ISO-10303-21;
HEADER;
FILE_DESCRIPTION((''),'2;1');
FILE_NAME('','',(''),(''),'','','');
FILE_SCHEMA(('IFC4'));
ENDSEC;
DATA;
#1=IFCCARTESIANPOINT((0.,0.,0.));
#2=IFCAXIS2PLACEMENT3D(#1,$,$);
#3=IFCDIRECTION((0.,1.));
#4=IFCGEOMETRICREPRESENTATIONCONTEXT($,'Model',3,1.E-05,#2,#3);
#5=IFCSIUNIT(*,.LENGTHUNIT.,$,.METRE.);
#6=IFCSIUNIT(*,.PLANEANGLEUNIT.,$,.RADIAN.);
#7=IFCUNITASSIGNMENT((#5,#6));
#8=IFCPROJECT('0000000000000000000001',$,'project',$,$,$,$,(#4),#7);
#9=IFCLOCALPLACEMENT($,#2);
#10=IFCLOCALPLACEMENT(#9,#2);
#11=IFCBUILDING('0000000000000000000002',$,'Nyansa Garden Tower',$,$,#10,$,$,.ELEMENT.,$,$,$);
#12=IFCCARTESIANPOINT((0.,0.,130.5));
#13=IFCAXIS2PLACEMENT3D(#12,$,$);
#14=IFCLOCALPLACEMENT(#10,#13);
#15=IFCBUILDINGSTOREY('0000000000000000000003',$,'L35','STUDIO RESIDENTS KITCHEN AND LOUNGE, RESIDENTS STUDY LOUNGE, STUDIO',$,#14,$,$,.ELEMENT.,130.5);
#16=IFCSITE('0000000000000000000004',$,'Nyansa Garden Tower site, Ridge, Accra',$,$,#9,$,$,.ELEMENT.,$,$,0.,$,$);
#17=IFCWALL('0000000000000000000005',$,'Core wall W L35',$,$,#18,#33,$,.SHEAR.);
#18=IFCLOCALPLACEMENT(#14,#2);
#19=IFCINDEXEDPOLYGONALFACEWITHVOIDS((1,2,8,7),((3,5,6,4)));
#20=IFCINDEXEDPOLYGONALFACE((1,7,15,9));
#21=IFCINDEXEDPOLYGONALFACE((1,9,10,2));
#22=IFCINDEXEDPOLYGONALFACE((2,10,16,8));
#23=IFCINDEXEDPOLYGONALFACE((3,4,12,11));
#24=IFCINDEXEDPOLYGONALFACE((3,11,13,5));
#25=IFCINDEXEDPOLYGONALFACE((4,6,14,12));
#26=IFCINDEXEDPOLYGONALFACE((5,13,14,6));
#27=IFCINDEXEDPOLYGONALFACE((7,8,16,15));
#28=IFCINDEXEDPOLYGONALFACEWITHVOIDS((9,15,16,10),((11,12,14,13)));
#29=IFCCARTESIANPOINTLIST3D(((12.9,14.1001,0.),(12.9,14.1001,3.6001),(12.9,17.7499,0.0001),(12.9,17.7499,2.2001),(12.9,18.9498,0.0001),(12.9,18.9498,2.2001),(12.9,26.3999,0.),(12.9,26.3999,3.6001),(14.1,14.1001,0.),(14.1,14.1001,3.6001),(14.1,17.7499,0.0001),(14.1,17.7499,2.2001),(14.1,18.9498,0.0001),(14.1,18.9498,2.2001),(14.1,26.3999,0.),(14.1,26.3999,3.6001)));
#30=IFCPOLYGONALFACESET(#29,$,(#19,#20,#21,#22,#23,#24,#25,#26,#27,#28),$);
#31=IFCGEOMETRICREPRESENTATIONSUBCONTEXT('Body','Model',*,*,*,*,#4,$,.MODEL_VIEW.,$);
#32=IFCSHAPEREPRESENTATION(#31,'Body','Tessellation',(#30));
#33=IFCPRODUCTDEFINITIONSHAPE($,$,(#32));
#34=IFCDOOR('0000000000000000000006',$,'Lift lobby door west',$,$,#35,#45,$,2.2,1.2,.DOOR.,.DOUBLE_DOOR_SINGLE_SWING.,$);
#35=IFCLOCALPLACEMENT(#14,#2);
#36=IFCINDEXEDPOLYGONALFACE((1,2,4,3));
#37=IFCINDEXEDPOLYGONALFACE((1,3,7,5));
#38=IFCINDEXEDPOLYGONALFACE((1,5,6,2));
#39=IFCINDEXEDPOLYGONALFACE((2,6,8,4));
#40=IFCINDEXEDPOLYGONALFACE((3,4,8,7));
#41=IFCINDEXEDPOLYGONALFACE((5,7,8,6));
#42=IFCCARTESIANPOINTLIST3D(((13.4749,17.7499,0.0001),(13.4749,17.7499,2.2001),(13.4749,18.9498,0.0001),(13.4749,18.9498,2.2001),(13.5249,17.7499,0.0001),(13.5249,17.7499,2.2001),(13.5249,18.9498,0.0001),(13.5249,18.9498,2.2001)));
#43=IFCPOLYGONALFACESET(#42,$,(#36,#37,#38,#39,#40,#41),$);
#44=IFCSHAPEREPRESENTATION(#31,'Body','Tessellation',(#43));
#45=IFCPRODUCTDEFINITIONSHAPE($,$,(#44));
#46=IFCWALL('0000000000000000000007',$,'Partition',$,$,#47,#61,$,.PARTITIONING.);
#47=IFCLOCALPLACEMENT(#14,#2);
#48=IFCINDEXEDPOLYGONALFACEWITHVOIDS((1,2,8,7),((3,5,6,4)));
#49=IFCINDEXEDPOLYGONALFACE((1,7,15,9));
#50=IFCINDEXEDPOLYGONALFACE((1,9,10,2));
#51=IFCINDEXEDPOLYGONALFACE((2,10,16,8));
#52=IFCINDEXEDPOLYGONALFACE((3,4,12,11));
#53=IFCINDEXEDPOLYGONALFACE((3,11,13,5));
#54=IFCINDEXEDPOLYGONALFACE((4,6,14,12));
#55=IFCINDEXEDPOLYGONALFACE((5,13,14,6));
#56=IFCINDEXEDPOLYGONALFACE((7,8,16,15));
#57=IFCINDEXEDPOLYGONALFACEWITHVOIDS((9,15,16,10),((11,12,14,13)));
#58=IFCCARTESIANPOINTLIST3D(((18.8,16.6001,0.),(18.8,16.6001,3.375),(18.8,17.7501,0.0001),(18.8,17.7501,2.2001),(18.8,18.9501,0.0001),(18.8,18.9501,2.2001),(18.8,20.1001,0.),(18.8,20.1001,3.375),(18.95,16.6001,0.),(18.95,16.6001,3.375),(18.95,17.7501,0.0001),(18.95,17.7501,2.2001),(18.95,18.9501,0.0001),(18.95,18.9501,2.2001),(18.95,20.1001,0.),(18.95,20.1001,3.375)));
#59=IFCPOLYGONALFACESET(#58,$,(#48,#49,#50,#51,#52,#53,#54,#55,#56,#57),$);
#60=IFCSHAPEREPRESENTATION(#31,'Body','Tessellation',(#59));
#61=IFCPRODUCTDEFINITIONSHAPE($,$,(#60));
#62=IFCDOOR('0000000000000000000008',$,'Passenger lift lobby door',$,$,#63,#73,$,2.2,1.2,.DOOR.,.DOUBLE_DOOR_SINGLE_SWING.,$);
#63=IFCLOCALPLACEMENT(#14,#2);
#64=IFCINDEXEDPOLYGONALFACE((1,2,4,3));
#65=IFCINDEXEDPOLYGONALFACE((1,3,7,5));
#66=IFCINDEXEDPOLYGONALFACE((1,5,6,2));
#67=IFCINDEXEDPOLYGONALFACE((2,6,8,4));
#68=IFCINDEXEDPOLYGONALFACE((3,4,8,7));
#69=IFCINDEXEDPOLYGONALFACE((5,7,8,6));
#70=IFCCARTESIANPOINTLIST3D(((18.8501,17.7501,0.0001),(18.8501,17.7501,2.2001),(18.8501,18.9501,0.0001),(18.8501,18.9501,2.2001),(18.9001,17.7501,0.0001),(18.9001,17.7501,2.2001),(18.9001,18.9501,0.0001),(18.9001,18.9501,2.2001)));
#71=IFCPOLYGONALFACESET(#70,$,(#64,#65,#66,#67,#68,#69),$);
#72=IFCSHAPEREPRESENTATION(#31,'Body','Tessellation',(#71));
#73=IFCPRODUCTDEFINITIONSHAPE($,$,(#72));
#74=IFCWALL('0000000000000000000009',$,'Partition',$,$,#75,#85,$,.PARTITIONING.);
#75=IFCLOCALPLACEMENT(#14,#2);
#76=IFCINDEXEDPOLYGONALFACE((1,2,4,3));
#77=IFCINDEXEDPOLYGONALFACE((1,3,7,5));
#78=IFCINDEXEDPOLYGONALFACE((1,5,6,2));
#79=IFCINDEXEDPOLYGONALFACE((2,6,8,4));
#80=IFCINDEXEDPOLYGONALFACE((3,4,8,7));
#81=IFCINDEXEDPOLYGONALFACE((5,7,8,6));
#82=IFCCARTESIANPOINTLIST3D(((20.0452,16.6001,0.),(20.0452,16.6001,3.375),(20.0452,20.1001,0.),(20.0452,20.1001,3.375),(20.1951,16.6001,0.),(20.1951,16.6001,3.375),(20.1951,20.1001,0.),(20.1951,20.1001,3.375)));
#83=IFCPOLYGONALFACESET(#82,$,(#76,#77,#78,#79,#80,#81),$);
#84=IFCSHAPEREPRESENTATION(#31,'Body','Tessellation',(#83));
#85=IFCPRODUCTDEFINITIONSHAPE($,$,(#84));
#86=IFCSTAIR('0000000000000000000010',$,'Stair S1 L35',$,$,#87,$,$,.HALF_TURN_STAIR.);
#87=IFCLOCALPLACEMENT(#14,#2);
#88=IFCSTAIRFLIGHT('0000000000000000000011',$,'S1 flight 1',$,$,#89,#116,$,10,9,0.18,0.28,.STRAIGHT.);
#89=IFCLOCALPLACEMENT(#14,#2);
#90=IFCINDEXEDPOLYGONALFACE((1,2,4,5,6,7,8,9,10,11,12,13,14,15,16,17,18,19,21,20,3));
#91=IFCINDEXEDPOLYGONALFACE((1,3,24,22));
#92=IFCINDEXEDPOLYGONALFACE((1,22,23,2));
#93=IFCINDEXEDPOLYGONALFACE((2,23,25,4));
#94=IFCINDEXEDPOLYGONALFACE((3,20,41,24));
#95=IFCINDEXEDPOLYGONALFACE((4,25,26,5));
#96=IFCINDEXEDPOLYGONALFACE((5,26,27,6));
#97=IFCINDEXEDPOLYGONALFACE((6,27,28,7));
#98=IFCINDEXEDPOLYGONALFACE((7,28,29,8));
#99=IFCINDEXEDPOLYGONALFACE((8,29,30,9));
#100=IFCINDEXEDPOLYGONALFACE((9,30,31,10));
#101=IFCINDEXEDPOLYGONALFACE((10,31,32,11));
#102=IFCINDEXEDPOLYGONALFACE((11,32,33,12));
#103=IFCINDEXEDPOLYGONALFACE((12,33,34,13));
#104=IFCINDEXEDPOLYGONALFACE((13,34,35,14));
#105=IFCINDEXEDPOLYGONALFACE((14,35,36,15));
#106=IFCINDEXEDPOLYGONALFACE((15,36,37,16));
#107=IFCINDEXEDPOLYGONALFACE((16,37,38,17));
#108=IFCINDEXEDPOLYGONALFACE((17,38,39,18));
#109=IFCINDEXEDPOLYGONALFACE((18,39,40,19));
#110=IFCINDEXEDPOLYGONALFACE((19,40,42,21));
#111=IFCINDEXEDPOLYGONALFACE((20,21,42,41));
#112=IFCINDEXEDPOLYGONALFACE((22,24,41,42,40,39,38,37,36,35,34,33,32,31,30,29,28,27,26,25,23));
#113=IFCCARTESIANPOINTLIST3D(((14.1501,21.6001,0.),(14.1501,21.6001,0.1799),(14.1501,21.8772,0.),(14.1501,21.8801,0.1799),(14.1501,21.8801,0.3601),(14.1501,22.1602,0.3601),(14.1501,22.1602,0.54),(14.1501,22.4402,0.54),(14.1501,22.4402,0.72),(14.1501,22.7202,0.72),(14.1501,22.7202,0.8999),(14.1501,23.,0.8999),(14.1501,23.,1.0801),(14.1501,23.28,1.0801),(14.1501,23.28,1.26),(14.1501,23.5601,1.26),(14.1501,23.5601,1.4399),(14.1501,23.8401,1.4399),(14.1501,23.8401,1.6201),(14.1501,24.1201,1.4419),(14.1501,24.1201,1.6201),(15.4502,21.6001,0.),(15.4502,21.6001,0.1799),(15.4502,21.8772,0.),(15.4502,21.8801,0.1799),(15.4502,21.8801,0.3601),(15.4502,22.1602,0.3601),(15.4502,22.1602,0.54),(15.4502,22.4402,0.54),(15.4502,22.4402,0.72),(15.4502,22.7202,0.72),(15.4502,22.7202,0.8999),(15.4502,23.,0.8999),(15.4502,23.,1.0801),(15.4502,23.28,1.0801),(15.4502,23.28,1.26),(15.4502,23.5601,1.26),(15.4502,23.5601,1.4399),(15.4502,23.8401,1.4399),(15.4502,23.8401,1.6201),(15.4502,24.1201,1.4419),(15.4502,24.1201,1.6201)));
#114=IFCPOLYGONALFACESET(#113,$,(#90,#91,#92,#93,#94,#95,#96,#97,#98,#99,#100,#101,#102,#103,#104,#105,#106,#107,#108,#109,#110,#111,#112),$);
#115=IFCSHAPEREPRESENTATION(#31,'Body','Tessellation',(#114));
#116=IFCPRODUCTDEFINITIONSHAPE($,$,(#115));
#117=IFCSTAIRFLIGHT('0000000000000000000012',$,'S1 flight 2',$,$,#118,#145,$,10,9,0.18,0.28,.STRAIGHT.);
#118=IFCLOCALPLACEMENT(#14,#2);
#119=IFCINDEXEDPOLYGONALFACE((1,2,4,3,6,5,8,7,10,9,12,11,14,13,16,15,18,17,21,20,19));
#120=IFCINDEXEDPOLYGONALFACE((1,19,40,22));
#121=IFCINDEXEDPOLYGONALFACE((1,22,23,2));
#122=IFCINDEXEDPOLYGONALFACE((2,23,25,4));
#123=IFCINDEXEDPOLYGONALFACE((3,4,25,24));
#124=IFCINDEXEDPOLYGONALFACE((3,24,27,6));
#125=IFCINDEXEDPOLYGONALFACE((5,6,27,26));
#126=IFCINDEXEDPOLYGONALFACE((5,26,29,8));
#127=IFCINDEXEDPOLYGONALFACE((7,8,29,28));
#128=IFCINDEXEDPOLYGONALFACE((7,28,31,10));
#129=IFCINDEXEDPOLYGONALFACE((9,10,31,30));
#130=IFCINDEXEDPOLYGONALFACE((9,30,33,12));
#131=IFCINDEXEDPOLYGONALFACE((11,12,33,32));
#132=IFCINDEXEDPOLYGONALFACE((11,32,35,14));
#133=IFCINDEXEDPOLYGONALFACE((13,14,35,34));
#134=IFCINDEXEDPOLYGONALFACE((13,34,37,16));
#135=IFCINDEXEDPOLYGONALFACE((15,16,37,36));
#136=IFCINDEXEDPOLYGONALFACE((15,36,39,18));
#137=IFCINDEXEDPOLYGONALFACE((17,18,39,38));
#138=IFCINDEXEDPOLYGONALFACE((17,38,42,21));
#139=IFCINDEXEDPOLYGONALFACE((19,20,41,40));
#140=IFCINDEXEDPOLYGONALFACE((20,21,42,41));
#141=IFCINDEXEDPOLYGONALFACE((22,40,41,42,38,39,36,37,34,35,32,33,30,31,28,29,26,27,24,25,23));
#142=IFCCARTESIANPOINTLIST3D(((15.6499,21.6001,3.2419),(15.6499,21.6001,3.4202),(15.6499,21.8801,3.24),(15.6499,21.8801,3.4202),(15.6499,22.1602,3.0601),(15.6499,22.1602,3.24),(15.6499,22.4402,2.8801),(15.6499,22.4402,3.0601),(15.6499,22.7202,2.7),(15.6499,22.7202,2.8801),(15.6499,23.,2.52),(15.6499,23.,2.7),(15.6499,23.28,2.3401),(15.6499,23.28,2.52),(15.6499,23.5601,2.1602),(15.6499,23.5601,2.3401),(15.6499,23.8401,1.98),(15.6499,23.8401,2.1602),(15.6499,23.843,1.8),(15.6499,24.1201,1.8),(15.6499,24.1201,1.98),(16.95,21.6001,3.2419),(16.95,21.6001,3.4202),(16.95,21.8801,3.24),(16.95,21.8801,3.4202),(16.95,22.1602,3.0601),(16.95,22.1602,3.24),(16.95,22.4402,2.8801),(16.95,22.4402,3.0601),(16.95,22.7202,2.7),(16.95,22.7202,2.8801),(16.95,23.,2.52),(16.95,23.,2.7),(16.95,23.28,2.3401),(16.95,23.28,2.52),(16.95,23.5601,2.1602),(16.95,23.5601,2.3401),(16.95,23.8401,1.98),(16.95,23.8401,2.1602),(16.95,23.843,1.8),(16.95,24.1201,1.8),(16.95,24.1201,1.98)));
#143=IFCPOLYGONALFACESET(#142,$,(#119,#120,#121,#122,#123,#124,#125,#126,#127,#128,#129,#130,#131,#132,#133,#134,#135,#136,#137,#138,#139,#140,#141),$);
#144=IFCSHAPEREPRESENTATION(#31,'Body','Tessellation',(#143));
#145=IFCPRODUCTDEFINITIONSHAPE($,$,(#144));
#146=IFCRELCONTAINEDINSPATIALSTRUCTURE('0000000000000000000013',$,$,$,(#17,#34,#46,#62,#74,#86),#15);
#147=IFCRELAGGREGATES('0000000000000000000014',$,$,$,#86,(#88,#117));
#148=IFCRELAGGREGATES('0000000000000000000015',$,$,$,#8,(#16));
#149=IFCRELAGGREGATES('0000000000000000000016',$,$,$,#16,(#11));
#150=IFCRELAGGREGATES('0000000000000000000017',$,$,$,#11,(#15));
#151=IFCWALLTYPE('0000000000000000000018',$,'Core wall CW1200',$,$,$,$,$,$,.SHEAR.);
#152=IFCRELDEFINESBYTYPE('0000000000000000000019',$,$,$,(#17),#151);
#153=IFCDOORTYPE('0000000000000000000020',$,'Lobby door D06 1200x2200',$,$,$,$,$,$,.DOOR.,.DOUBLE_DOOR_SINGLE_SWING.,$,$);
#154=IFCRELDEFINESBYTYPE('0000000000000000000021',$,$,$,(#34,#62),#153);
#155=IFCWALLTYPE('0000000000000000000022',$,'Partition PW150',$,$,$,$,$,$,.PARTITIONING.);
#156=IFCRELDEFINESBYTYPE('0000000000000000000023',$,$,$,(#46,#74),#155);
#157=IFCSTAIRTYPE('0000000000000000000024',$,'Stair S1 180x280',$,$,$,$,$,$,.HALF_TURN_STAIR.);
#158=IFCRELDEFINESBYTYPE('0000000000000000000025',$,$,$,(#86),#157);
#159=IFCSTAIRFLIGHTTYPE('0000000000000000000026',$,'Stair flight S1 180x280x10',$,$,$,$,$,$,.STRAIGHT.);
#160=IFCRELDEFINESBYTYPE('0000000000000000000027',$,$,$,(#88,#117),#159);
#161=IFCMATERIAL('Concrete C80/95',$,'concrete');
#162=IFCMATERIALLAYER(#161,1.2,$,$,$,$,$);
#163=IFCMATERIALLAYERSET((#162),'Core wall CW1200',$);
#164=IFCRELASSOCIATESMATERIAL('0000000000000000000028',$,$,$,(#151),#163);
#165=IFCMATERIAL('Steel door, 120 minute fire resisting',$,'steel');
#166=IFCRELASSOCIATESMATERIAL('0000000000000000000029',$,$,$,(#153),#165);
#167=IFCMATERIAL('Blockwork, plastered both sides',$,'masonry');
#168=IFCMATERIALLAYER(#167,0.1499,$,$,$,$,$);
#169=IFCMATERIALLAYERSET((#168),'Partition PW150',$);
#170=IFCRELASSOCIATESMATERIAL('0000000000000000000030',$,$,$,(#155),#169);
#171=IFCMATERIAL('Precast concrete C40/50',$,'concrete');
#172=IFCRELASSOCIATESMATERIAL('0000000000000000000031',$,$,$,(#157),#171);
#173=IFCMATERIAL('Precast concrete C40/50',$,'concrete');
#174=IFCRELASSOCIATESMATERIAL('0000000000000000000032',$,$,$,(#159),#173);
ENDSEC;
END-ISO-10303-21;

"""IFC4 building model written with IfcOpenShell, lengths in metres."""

from ifc_helpers import new_model, si_unit, direction, frame, frame_2d, origin, place, context, subcontext, project, spatial, polyline, rectangle, outline, extrude, material, layer, layer_set, type_object, element, fill, aggregate, save


model = new_model("IFC4")

# Units and contexts
model_context = context("Model", 3, precision=1e-05, world=origin(), true_north=direction((0.0, 1.0)))
body_context = subcontext(model_context, "Body", "Model", "MODEL_VIEW")
ifc_project = project(units=[si_unit("LENGTHUNIT", "METRE"), si_unit("PLANEANGLEUNIT", "RADIAN")], contexts=[model_context])

# Site, building, storey
site_placement = place(None, origin())
site = spatial("IfcSite", under=ifc_project, at=site_placement, Name="Nyansa Garden Tower site, Ridge, Accra", CompositionType="ELEMENT", RefElevation=0.0)
building_placement = place(site_placement, origin())
building = spatial("IfcBuilding", under=site, at=building_placement, Name="Nyansa Garden Tower", CompositionType="ELEMENT")
storey_placement = place(building_placement, frame((0.0, 0.0, 130.5)))
storey = spatial("IfcBuildingStorey", under=building, at=storey_placement, Name="L35", Description="STUDIO RESIDENTS KITCHEN AND LOUNGE, RESIDENTS STUDY LOUNGE, STUDIO", CompositionType="ELEMENT", Elevation=130.5)

# Shared definitions
ifc_material_1 = material(Name="Concrete C80/95", Category="concrete")
ifc_layer_1 = layer(ifc_material_1, 1.2)
ifc_layer_set_1 = layer_set([ifc_layer_1], Name="Core wall CW1200")
wall_type_1 = type_object("IfcWallType", Name="Core wall CW1200", PredefinedType="SHEAR", material=ifc_layer_set_1)

# Walls, openings, doors
wall_1_placement = place(storey_placement, frame((13.5, 26.3999, 0.0), z_axis=(0.0, 0.0, 1.0), x_axis=(0.0, -1.0, 0.0)))
wall_1 = element("IfcWall", 1, at=wall_1_placement, inside=storey, type_object=wall_type_1, Name="Core wall W L35", PredefinedType="SHEAR", context=body_context, shape_type="SweptSolid", body=[
    extrude(rectangle(XDim=12.2998, YDim=1.2, at=frame_2d((6.1499, 0.0))), origin(), (0.0, 0.0, 1.0), 3.6001),
])
opening_1_placement = place(wall_1_placement, frame((7.45, 0.0, 0.0)))
opening_1 = element("IfcOpeningElement", 2, at=opening_1_placement, cuts=wall_1, PredefinedType="OPENING", context=body_context, shape_type="SweptSolid", body=[
    extrude(rectangle(XDim=1.2, YDim=2.2, at=frame_2d((0.6001, 1.1001))), frame((0.0, 0.6099, 0.0), z_axis=(0.0, -1.0, 0.0), x_axis=(1.0, 0.0, 0.0)), (0.0, 0.0, 1.0), 1.22),
])
ifc_material_2 = material(Name="Steel door, 120 minute fire resisting", Category="steel")
door_type_1 = type_object("IfcDoorType", Name="Lobby door D06 1200x2200", OperationType="DOUBLE_DOOR_SINGLE_SWING", PredefinedType="DOOR", material=ifc_material_2)
door_1_placement = place(opening_1_placement, origin())
door_1 = element("IfcDoor", 3, at=door_1_placement, inside=storey, type_object=door_type_1, Name="Lift lobby door west", OperationType="DOUBLE_DOOR_SINGLE_SWING", OverallHeight=2.2, OverallWidth=1.2, PredefinedType="DOOR", context=body_context, shape_type="SweptSolid", body=[
    extrude(rectangle(XDim=1.2, YDim=2.2, at=frame_2d((0.6001, 1.1001))), frame((0.0, 0.0249, 0.0), z_axis=(0.0, -1.0, 0.0), x_axis=(1.0, 0.0, 0.0)), (0.0, 0.0, 1.0), 0.05),
])
fill(opening_1, door_1)
ifc_material_3 = material(Name="Blockwork, plastered both sides", Category="masonry")
ifc_layer_2 = layer(ifc_material_3, 0.1499)
ifc_layer_set_2 = layer_set([ifc_layer_2], Name="Partition PW150")
wall_type_2 = type_object("IfcWallType", Name="Partition PW150", PredefinedType="PARTITIONING", material=ifc_layer_set_2)
wall_2_placement = place(storey_placement, frame((18.875, 16.6001, 0.0), z_axis=(0.0, 0.0, 1.0), x_axis=(0.0, 1.0, 0.0)))
wall_2 = element("IfcWall", 4, at=wall_2_placement, inside=storey, type_object=wall_type_2, Name="Partition", PredefinedType="PARTITIONING", context=body_context, shape_type="SweptSolid", body=[
    extrude(rectangle(XDim=3.5, YDim=0.1499, at=frame_2d((1.75, 0.0))), origin(), (0.0, 0.0, 1.0), 3.375),
])
opening_2_placement = place(wall_2_placement, frame((1.1499, 0.0, 0.0)))
opening_2 = element("IfcOpeningElement", 5, at=opening_2_placement, cuts=wall_2, PredefinedType="OPENING", context=body_context, shape_type="SweptSolid", body=[
    extrude(rectangle(XDim=1.2, YDim=2.2, at=frame_2d((0.6001, 1.1001))), frame((0.0, 0.085, 0.0), z_axis=(0.0, -1.0, 0.0), x_axis=(1.0, 0.0, 0.0)), (0.0, 0.0, 1.0), 0.1699),
])
door_2_placement = place(opening_2_placement, origin())
door_2 = element("IfcDoor", 6, at=door_2_placement, inside=storey, type_object=door_type_1, Name="Passenger lift lobby door", OperationType="DOUBLE_DOOR_SINGLE_SWING", OverallHeight=2.2, OverallWidth=1.2, PredefinedType="DOOR", context=body_context, shape_type="SweptSolid", body=[
    extrude(rectangle(XDim=1.2, YDim=2.2, at=frame_2d((0.6001, 1.1001))), frame((0.0, 0.0249, 0.0), z_axis=(0.0, -1.0, 0.0), x_axis=(1.0, 0.0, 0.0)), (0.0, 0.0, 1.0), 0.05),
])
fill(opening_2, door_2)

# Wall
wall_3_placement = place(storey_placement, frame((20.1201, 16.6001, 0.0), z_axis=(0.0, 0.0, 1.0), x_axis=(0.0, 1.0, 0.0)))
element("IfcWall", 7, at=wall_3_placement, inside=storey, type_object=wall_type_2, Name="Partition", PredefinedType="PARTITIONING", context=body_context, shape_type="SweptSolid", body=[
    extrude(rectangle(XDim=3.5, YDim=0.1499, at=frame_2d((1.75, 0.0))), origin(), (0.0, 0.0, 1.0), 3.375),
])

# Stair, stair flights
ifc_material_4 = material(Name="Precast concrete C40/50", Category="concrete")
stair_type = type_object("IfcStairType", Name="Stair S1 180x280", PredefinedType="HALF_TURN_STAIR", material=ifc_material_4)
stair_placement = place(storey_placement, origin())
stair = element("IfcStair", 8, at=stair_placement, inside=storey, type_object=stair_type, Name="Stair S1 L35", PredefinedType="HALF_TURN_STAIR")
ifc_material_5 = material(Name="Precast concrete C40/50", Category="concrete")
stair_flight_type = type_object("IfcStairFlightType", Name="Stair flight S1 180x280x10", PredefinedType="STRAIGHT", material=ifc_material_5)
stair_flight_1_placement = place(storey_placement, frame((14.8, 21.6001, 0.0), z_axis=(0.0, 0.0, 1.0), x_axis=(0.0, 1.0, 0.0)))
stair_flight_1 = element("IfcStairFlight", 9, at=stair_flight_1_placement, type_object=stair_flight_type, Name="S1 flight 1", NumberOfRisers=10, NumberOfTreads=9, PredefinedType="STRAIGHT", RiserHeight=0.18, TreadLength=0.28, context=body_context, shape_type="SweptSolid", body=[
    extrude(outline(polyline([(0.0, 0.0), (0.0, 0.1799), (0.28, 0.1799), (0.28, 0.3601), (0.5601, 0.3601), (0.5601, 0.54), (0.8401, 0.54), (0.8401, 0.72), (1.1201, 0.72), (1.1201, 0.8999), (1.3999, 0.8999), (1.3999, 1.0801), (1.6799, 1.0801), (1.6799, 1.26), (1.96, 1.26), (1.96, 1.4399), (2.24, 1.4399), (2.24, 1.6201), (2.52, 1.6201), (2.52, 1.8), (2.52, 1.4419), (0.2771, 0.0), (0.0, 0.0)])), frame((0.0, 0.6499, 0.0), z_axis=(0.0, -1.0, 0.0), x_axis=(1.0, 0.0, 0.0)), (0.0, 0.0, 1.0), 1.3),
])
stair_flight_2_placement = place(storey_placement, frame((16.3, 24.1201, 1.8), z_axis=(0.0, 0.0, 1.0), x_axis=(0.0, -1.0, 0.0)))
stair_flight_2 = element("IfcStairFlight", 10, at=stair_flight_2_placement, type_object=stair_flight_type, Name="S1 flight 2", NumberOfRisers=10, NumberOfTreads=9, PredefinedType="STRAIGHT", RiserHeight=0.18, TreadLength=0.28, context=body_context, shape_type="SweptSolid", body=[
    extrude(outline(polyline([(0.0, 0.0), (0.0, 0.1799), (0.28, 0.1799), (0.28, 0.3601), (0.5601, 0.3601), (0.5601, 0.54), (0.8401, 0.54), (0.8401, 0.72), (1.1201, 0.72), (1.1201, 0.8999), (1.3999, 0.8999), (1.3999, 1.0801), (1.6799, 1.0801), (1.6799, 1.26), (1.96, 1.26), (1.96, 1.4399), (2.24, 1.4399), (2.24, 1.6201), (2.52, 1.6201), (2.52, 1.8), (2.52, 1.4419), (0.2771, 0.0), (0.0, 0.0)])), frame((0.0, 0.6499, 0.0), z_axis=(0.0, -1.0, 0.0), x_axis=(1.0, 0.0, 0.0)), (0.0, 0.0, 1.0), 1.3),
])
aggregate(stair, [stair_flight_1, stair_flight_2])

save(model, "model.ifc")
